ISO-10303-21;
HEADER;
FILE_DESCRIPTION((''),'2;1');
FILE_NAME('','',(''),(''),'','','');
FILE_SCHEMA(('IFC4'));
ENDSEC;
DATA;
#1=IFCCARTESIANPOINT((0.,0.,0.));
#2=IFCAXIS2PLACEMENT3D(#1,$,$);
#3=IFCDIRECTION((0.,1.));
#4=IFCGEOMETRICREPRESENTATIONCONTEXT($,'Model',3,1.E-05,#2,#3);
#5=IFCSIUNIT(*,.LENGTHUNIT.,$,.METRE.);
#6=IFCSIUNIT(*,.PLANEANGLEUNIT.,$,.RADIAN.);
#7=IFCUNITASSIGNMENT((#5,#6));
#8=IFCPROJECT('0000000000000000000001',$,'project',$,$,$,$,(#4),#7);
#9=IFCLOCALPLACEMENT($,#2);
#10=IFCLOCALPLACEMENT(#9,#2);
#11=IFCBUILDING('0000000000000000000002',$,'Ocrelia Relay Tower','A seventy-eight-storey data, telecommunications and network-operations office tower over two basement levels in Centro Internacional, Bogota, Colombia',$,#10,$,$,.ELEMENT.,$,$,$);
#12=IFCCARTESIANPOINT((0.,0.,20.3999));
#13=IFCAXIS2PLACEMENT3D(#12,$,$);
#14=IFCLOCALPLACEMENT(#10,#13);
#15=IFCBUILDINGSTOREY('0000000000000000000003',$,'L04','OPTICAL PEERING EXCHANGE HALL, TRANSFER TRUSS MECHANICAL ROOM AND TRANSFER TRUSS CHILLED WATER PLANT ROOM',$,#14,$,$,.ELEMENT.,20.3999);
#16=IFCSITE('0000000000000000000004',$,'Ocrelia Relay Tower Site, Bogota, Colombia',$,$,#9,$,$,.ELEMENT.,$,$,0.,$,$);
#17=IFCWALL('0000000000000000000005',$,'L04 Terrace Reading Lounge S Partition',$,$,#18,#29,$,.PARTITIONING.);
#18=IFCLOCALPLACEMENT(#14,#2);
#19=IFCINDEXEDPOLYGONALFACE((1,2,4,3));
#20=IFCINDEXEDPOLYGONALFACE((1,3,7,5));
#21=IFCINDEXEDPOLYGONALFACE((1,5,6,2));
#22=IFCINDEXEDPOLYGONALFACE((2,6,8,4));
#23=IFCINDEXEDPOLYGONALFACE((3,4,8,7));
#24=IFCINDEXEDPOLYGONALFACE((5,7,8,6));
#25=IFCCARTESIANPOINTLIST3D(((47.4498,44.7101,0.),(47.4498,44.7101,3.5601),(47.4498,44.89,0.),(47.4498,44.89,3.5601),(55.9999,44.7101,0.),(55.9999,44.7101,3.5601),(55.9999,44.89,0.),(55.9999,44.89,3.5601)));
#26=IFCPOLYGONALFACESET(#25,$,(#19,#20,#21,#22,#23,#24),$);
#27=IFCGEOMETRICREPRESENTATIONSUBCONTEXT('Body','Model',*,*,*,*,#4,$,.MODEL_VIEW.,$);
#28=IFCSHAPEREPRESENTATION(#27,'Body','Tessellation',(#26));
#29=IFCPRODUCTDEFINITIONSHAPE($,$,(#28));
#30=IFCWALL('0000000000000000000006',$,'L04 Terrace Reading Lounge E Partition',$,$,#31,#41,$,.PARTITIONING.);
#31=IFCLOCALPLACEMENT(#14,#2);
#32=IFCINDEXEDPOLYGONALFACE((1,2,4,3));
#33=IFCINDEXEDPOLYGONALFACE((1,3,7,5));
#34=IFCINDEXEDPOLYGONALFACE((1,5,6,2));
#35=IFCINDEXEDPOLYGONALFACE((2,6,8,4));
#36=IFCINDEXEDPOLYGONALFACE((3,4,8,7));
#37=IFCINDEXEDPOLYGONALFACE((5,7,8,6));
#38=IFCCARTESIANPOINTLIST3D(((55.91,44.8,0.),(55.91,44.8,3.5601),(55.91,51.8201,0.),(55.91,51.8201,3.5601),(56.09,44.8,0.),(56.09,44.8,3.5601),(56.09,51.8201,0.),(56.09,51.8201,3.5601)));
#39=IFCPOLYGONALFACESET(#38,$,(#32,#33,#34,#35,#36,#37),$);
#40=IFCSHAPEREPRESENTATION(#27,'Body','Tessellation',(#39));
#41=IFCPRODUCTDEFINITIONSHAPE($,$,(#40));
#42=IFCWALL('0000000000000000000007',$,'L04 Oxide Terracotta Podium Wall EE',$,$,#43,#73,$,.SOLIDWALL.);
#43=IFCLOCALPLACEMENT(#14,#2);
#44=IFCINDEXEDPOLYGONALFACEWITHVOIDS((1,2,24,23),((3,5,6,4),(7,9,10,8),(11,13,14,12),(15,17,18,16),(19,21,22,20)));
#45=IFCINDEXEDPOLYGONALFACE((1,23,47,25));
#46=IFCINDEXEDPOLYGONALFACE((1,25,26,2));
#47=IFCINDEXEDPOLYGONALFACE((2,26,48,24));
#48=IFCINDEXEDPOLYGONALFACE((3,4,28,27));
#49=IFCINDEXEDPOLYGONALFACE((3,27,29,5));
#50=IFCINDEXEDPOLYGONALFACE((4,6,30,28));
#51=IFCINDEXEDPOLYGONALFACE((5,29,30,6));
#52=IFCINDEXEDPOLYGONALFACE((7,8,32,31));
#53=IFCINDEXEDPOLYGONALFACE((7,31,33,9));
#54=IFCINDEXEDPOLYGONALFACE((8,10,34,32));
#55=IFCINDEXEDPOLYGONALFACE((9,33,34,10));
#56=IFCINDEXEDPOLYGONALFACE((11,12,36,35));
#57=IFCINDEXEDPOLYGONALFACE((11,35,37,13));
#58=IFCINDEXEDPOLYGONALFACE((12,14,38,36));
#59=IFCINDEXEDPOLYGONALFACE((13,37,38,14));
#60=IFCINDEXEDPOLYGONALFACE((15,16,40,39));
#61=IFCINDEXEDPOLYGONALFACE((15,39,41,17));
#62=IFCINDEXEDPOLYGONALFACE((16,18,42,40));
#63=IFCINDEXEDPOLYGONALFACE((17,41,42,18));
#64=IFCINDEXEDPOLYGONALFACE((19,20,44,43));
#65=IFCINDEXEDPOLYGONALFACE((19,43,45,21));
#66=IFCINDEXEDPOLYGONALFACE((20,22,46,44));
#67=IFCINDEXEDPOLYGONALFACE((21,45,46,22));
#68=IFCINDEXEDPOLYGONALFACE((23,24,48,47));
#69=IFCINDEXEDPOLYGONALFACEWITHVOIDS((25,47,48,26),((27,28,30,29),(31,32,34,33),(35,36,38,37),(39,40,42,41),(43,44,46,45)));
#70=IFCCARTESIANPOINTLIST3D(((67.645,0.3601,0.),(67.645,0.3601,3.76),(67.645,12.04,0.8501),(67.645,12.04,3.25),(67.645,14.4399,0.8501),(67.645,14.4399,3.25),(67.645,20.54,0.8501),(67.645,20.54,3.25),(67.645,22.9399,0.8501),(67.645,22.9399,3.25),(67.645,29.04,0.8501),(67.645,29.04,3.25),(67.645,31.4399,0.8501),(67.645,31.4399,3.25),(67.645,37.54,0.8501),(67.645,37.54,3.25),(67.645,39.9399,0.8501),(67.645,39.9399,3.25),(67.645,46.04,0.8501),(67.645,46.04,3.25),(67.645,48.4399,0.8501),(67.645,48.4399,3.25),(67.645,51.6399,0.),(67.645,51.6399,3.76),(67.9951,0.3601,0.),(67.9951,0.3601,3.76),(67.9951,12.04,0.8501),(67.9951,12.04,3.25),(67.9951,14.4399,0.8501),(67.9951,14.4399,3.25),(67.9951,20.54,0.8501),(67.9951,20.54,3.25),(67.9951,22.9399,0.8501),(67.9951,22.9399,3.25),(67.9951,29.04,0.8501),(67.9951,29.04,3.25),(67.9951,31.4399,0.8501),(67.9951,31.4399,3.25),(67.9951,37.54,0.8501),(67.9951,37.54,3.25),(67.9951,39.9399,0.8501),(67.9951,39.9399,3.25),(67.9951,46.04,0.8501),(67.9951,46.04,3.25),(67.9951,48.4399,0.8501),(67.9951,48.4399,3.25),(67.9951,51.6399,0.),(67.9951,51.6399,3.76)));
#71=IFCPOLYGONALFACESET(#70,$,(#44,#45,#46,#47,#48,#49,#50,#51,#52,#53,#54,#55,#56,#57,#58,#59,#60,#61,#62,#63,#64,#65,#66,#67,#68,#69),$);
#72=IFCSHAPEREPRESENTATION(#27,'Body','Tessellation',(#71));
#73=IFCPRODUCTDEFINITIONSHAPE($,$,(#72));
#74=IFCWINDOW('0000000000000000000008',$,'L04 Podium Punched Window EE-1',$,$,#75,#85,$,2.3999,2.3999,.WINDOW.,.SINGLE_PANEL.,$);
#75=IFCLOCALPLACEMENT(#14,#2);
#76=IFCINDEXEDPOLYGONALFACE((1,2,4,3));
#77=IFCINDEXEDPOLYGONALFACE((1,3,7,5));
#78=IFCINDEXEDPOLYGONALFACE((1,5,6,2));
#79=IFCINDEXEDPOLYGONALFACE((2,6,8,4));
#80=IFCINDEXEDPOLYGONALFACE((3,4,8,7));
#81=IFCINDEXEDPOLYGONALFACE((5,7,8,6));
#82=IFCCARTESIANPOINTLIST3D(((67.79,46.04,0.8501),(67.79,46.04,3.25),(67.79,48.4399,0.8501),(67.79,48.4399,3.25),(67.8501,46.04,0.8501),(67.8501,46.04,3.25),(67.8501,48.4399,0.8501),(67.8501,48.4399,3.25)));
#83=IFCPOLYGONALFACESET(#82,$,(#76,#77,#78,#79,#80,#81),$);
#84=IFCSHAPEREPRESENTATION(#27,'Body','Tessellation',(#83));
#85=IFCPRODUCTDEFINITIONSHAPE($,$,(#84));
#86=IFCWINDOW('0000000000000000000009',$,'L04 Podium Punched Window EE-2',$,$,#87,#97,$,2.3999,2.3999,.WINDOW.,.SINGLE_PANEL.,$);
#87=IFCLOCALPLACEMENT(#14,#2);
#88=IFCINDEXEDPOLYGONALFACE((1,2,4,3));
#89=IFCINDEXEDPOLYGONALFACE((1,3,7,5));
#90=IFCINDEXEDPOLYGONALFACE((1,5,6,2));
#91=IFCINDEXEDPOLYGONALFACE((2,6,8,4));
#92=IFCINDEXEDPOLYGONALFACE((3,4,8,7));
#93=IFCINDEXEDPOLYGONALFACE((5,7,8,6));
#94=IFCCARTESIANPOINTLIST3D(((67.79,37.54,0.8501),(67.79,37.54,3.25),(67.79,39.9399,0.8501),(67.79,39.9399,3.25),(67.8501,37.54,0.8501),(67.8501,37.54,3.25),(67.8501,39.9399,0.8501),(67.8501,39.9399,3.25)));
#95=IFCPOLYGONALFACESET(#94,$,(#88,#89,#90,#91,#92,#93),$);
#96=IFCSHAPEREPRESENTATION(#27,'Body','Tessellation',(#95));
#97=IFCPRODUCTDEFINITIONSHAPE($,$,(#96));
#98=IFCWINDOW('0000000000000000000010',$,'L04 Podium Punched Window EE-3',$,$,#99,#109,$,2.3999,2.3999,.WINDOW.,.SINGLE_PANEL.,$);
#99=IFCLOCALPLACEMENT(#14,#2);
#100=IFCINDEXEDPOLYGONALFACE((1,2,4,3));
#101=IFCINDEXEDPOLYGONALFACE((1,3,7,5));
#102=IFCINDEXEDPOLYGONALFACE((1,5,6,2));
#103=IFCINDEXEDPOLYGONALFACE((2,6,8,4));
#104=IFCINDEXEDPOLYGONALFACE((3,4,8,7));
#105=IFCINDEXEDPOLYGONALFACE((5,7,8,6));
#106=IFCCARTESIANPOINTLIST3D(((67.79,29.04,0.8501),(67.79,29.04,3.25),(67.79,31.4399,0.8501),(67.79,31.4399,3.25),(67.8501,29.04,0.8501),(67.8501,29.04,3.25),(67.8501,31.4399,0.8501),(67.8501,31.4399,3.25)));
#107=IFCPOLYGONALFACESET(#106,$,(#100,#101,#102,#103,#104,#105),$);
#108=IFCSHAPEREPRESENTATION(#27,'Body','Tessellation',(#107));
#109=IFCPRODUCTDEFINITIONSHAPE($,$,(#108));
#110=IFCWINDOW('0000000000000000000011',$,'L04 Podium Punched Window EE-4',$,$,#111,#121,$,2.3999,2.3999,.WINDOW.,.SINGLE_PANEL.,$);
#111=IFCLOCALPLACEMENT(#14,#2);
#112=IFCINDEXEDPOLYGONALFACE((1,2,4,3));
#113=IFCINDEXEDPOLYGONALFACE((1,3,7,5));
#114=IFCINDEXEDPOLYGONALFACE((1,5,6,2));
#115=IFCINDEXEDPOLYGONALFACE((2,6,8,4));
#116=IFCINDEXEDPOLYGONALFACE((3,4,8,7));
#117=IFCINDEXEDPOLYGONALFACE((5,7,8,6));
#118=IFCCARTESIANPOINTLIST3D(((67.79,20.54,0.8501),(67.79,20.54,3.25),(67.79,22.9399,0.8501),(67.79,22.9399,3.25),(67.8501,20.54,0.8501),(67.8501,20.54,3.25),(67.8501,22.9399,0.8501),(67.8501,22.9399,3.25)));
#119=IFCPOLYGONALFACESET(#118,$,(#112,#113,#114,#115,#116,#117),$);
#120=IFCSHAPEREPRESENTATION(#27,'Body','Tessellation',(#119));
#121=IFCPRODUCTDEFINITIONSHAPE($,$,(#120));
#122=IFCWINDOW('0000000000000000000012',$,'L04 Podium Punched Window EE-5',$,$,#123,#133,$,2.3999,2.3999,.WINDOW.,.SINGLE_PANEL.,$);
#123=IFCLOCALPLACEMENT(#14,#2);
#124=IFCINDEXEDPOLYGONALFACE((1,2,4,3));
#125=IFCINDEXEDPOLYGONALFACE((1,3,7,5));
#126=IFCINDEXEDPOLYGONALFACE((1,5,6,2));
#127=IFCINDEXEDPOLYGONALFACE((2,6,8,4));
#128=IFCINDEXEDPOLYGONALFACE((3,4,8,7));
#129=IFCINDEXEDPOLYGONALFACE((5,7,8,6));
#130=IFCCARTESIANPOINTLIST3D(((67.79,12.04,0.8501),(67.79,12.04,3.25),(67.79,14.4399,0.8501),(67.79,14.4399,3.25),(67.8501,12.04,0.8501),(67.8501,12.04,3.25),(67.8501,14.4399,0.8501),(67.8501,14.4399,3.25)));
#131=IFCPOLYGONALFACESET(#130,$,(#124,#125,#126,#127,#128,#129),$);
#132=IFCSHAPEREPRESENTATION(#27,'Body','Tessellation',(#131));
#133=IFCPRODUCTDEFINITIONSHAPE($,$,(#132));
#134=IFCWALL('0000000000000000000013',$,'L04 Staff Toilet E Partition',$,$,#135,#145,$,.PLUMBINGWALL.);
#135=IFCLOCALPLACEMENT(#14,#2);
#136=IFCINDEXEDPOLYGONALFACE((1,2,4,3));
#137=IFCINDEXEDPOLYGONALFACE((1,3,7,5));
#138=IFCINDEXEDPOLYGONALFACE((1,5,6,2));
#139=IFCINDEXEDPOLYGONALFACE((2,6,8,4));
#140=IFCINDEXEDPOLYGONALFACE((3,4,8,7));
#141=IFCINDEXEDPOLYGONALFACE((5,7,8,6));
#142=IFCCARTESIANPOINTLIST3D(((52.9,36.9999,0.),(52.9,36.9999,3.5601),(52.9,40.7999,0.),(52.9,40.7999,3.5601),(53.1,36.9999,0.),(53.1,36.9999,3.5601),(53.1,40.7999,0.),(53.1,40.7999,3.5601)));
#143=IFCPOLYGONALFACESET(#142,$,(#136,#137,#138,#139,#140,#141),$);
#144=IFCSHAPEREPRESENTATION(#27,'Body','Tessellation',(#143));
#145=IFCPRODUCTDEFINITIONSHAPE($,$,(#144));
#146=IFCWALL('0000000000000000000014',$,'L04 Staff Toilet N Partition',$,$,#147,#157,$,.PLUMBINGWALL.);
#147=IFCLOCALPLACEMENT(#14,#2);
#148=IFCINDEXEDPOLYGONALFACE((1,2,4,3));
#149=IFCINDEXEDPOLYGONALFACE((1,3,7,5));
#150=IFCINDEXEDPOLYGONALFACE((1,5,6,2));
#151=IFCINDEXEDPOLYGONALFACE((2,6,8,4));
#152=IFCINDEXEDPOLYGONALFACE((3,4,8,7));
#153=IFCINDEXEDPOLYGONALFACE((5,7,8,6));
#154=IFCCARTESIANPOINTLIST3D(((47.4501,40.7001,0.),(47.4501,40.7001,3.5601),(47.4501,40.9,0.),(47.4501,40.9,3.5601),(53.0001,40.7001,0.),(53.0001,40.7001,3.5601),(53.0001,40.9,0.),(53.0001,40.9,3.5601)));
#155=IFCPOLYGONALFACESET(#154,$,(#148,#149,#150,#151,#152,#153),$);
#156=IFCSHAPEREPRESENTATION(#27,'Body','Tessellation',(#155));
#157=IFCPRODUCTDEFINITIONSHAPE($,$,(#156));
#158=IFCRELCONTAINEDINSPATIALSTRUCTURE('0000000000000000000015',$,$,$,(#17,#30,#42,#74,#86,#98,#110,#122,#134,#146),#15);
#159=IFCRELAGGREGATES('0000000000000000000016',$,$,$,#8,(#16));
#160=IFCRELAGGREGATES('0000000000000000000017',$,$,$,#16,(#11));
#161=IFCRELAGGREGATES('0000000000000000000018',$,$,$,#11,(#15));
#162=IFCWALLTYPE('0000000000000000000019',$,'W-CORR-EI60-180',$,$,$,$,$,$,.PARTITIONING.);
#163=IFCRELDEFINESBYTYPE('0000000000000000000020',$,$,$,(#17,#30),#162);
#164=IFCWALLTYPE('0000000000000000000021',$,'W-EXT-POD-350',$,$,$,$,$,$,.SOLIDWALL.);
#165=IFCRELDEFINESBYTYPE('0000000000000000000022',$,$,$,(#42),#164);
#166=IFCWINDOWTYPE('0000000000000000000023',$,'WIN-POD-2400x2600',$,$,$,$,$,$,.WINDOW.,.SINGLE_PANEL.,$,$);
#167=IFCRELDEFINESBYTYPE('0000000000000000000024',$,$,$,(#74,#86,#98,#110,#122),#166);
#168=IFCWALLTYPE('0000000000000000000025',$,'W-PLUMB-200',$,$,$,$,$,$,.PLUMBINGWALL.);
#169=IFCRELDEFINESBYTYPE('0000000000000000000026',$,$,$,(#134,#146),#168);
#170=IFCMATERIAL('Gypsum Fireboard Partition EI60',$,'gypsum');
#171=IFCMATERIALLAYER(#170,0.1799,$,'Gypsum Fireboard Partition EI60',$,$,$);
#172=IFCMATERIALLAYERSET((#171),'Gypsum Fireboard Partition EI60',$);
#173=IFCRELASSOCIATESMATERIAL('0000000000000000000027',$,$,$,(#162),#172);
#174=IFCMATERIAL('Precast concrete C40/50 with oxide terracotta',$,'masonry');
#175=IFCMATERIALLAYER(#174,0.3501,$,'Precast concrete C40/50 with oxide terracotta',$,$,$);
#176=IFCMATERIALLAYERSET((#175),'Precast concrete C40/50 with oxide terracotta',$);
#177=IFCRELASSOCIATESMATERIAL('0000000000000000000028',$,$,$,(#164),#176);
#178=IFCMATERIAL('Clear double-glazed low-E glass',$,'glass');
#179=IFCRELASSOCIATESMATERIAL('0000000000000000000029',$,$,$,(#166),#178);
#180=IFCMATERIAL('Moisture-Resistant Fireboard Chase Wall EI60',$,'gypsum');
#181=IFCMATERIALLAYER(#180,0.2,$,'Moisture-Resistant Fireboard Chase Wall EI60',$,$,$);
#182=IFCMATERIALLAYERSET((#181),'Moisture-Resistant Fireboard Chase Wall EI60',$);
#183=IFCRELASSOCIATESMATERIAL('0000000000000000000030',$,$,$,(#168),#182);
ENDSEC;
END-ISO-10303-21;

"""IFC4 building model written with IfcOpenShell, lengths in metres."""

from ifc_helpers import new_model, si_unit, direction, frame, frame_2d, origin, place, context, subcontext, project, spatial, rectangle, extrude, material, layer, layer_set, type_object, element, fill, save


model = new_model("IFC4")

# Units and contexts
model_context = context("Model", 3, precision=1e-05, world=origin(), true_north=direction((0.0, 1.0)))
body_context = subcontext(model_context, "Body", "Model", "MODEL_VIEW")
ifc_project = project(units=[si_unit("LENGTHUNIT", "METRE"), si_unit("PLANEANGLEUNIT", "RADIAN")], contexts=[model_context])

# Site, building, storey
site_placement = place(None, origin())
site = spatial("IfcSite", under=ifc_project, at=site_placement, Name="Ocrelia Relay Tower Site, Bogota, Colombia", CompositionType="ELEMENT", RefElevation=0.0)
building_placement = place(site_placement, origin())
building = spatial("IfcBuilding", under=site, at=building_placement, Name="Ocrelia Relay Tower", Description="A seventy-eight-storey data, telecommunications and network-operations office tower over two basement levels in Centro Internacional, Bogota, Colombia", CompositionType="ELEMENT")
storey_placement = place(building_placement, frame((0.0, 0.0, 20.3999)))
storey = spatial("IfcBuildingStorey", under=building, at=storey_placement, Name="L04", Description="OPTICAL PEERING EXCHANGE HALL, TRANSFER TRUSS MECHANICAL ROOM AND TRANSFER TRUSS CHILLED WATER PLANT ROOM", CompositionType="ELEMENT", Elevation=20.3999)

# Shared definitions
ifc_material_1 = material(Name="Gypsum Fireboard Partition EI60", Category="gypsum")
ifc_layer_1 = layer(ifc_material_1, 0.1799, Name="Gypsum Fireboard Partition EI60")
ifc_layer_set_1 = layer_set([ifc_layer_1], Name="Gypsum Fireboard Partition EI60")
wall_type_1 = type_object("IfcWallType", Name="W-CORR-EI60-180", PredefinedType="PARTITIONING", material=ifc_layer_set_1)

# Walls
wall_1_placement = place(storey_placement, frame((47.45, 44.8, 0.0), z_axis=(0.0, 0.0, 1.0), x_axis=(1.0, 0.0, 0.0)))
element("IfcWall", 1, at=wall_1_placement, inside=storey, type_object=wall_type_1, Name="L04 Terrace Reading Lounge S Partition", PredefinedType="PARTITIONING", context=body_context, shape_type="SweptSolid", body=[
    extrude(rectangle(XDim=8.55, YDim=0.1799, at=frame_2d((4.2749, 0.0))), origin(), (0.0, 0.0, 1.0), 3.5601),
])
wall_2_placement = place(storey_placement, frame((56.0, 44.8, 0.0), z_axis=(0.0, 0.0, 1.0), x_axis=(0.0, 1.0, 0.0)))
element("IfcWall", 2, at=wall_2_placement, inside=storey, type_object=wall_type_1, Name="L04 Terrace Reading Lounge E Partition", PredefinedType="PARTITIONING", context=body_context, shape_type="SweptSolid", body=[
    extrude(rectangle(XDim=7.02, YDim=0.1799, at=frame_2d((3.51, 0.0))), origin(), (0.0, 0.0, 1.0), 3.5601),
])

# Wall, openings, windows
ifc_material_2 = material(Name="Precast concrete C40/50 with oxide terracotta", Category="masonry")
ifc_layer_2 = layer(ifc_material_2, 0.3501, Name="Precast concrete C40/50 with oxide terracotta")
ifc_layer_set_2 = layer_set([ifc_layer_2], Name="Precast concrete C40/50 with oxide terracotta")
wall_type_2 = type_object("IfcWallType", Name="W-EXT-POD-350", PredefinedType="SOLIDWALL", material=ifc_layer_set_2)
wall_3_placement = place(storey_placement, frame((67.8201, 51.6399, 0.0), z_axis=(0.0, 0.0, 1.0), x_axis=(0.0, -1.0, 0.0)))
wall_3 = element("IfcWall", 3, at=wall_3_placement, inside=storey, type_object=wall_type_2, Name="L04 Oxide Terracotta Podium Wall EE", PredefinedType="SOLIDWALL", context=body_context, shape_type="SweptSolid", body=[
    extrude(rectangle(XDim=51.2798, YDim=0.3501, at=frame_2d((25.6399, 0.0))), origin(), (0.0, 0.0, 1.0), 3.76),
])
opening_1_placement = place(wall_3_placement, frame((3.2, 0.0, 0.8501)))
opening_1 = element("IfcOpeningElement", 4, at=opening_1_placement, cuts=wall_3, PredefinedType="OPENING", context=body_context, shape_type="SweptSolid", body=[
    extrude(rectangle(XDim=2.3999, YDim=2.3999, at=frame_2d((1.2, 1.2))), frame((0.0, 0.1851, 0.0), z_axis=(0.0, -1.0, 0.0), x_axis=(1.0, 0.0, 0.0)), (0.0, 0.0, 1.0), 0.3701),
])
opening_2_placement = place(wall_3_placement, frame((11.7, 0.0, 0.8501)))
opening_2 = element("IfcOpeningElement", 5, at=opening_2_placement, cuts=wall_3, PredefinedType="OPENING", context=body_context, shape_type="SweptSolid", body=[
    extrude(rectangle(XDim=2.3999, YDim=2.3999, at=frame_2d((1.2, 1.2))), frame((0.0, 0.1851, 0.0), z_axis=(0.0, -1.0, 0.0), x_axis=(1.0, 0.0, 0.0)), (0.0, 0.0, 1.0), 0.3701),
])
opening_3_placement = place(wall_3_placement, frame((20.2, 0.0, 0.8501)))
opening_3 = element("IfcOpeningElement", 6, at=opening_3_placement, cuts=wall_3, PredefinedType="OPENING", context=body_context, shape_type="SweptSolid", body=[
    extrude(rectangle(XDim=2.3999, YDim=2.3999, at=frame_2d((1.2, 1.2))), frame((0.0, 0.1851, 0.0), z_axis=(0.0, -1.0, 0.0), x_axis=(1.0, 0.0, 0.0)), (0.0, 0.0, 1.0), 0.3701),
])
opening_4_placement = place(wall_3_placement, frame((28.7, 0.0, 0.8501)))
opening_4 = element("IfcOpeningElement", 7, at=opening_4_placement, cuts=wall_3, PredefinedType="OPENING", context=body_context, shape_type="SweptSolid", body=[
    extrude(rectangle(XDim=2.3999, YDim=2.3999, at=frame_2d((1.2, 1.2))), frame((0.0, 0.1851, 0.0), z_axis=(0.0, -1.0, 0.0), x_axis=(1.0, 0.0, 0.0)), (0.0, 0.0, 1.0), 0.3701),
])
opening_5_placement = place(wall_3_placement, frame((37.2, 0.0, 0.8501)))
opening_5 = element("IfcOpeningElement", 8, at=opening_5_placement, cuts=wall_3, PredefinedType="OPENING", context=body_context, shape_type="SweptSolid", body=[
    extrude(rectangle(XDim=2.3999, YDim=2.3999, at=frame_2d((1.2, 1.2))), frame((0.0, 0.1851, 0.0), z_axis=(0.0, -1.0, 0.0), x_axis=(1.0, 0.0, 0.0)), (0.0, 0.0, 1.0), 0.3701),
])
ifc_material_3 = material(Name="Clear double-glazed low-E glass", Category="glass")
window_type = type_object("IfcWindowType", Name="WIN-POD-2400x2600", PartitioningType="SINGLE_PANEL", PredefinedType="WINDOW", material=ifc_material_3)
window_1_placement = place(opening_1_placement, origin())
window_1 = element("IfcWindow", 9, at=window_1_placement, inside=storey, type_object=window_type, Name="L04 Podium Punched Window EE-1", OverallHeight=2.3999, OverallWidth=2.3999, PartitioningType="SINGLE_PANEL", PredefinedType="WINDOW", context=body_context, shape_type="SweptSolid", body=[
    extrude(rectangle(XDim=2.3999, YDim=2.3999, at=frame_2d((1.2, 1.2))), frame((0.0, 0.03, 0.0), z_axis=(0.0, -1.0, 0.0), x_axis=(1.0, 0.0, 0.0)), (0.0, 0.0, 1.0), 0.0601),
])
fill(opening_1, window_1)
window_2_placement = place(opening_2_placement, origin())
window_2 = element("IfcWindow", 10, at=window_2_placement, inside=storey, type_object=window_type, Name="L04 Podium Punched Window EE-2", OverallHeight=2.3999, OverallWidth=2.3999, PartitioningType="SINGLE_PANEL", PredefinedType="WINDOW", context=body_context, shape_type="SweptSolid", body=[
    extrude(rectangle(XDim=2.3999, YDim=2.3999, at=frame_2d((1.2, 1.2))), frame((0.0, 0.03, 0.0), z_axis=(0.0, -1.0, 0.0), x_axis=(1.0, 0.0, 0.0)), (0.0, 0.0, 1.0), 0.0601),
])
fill(opening_2, window_2)
window_3_placement = place(opening_3_placement, origin())
window_3 = element("IfcWindow", 11, at=window_3_placement, inside=storey, type_object=window_type, Name="L04 Podium Punched Window EE-3", OverallHeight=2.3999, OverallWidth=2.3999, PartitioningType="SINGLE_PANEL", PredefinedType="WINDOW", context=body_context, shape_type="SweptSolid", body=[
    extrude(rectangle(XDim=2.3999, YDim=2.3999, at=frame_2d((1.2, 1.2))), frame((0.0, 0.03, 0.0), z_axis=(0.0, -1.0, 0.0), x_axis=(1.0, 0.0, 0.0)), (0.0, 0.0, 1.0), 0.0601),
])
fill(opening_3, window_3)
window_4_placement = place(opening_4_placement, origin())
window_4 = element("IfcWindow", 12, at=window_4_placement, inside=storey, type_object=window_type, Name="L04 Podium Punched Window EE-4", OverallHeight=2.3999, OverallWidth=2.3999, PartitioningType="SINGLE_PANEL", PredefinedType="WINDOW", context=body_context, shape_type="SweptSolid", body=[
    extrude(rectangle(XDim=2.3999, YDim=2.3999, at=frame_2d((1.2, 1.2))), frame((0.0, 0.03, 0.0), z_axis=(0.0, -1.0, 0.0), x_axis=(1.0, 0.0, 0.0)), (0.0, 0.0, 1.0), 0.0601),
])
fill(opening_4, window_4)
window_5_placement = place(opening_5_placement, origin())
window_5 = element("IfcWindow", 13, at=window_5_placement, inside=storey, type_object=window_type, Name="L04 Podium Punched Window EE-5", OverallHeight=2.3999, OverallWidth=2.3999, PartitioningType="SINGLE_PANEL", PredefinedType="WINDOW", context=body_context, shape_type="SweptSolid", body=[
    extrude(rectangle(XDim=2.3999, YDim=2.3999, at=frame_2d((1.2, 1.2))), frame((0.0, 0.03, 0.0), z_axis=(0.0, -1.0, 0.0), x_axis=(1.0, 0.0, 0.0)), (0.0, 0.0, 1.0), 0.0601),
])
fill(opening_5, window_5)

# Walls
ifc_material_4 = material(Name="Moisture-Resistant Fireboard Chase Wall EI60", Category="gypsum")
ifc_layer_3 = layer(ifc_material_4, 0.2, Name="Moisture-Resistant Fireboard Chase Wall EI60")
ifc_layer_set_3 = layer_set([ifc_layer_3], Name="Moisture-Resistant Fireboard Chase Wall EI60")
wall_type_3 = type_object("IfcWallType", Name="W-PLUMB-200", PredefinedType="PLUMBINGWALL", material=ifc_layer_set_3)
wall_4_placement = place(storey_placement, frame((53.0, 37.0, 0.0), z_axis=(0.0, 0.0, 1.0), x_axis=(0.0, 1.0, 0.0)))
element("IfcWall", 14, at=wall_4_placement, inside=storey, type_object=wall_type_3, Name="L04 Staff Toilet E Partition", PredefinedType="PLUMBINGWALL", context=body_context, shape_type="SweptSolid", body=[
    extrude(rectangle(XDim=3.8, YDim=0.2, at=frame_2d((1.8999, 0.0))), origin(), (0.0, 0.0, 1.0), 3.5601),
])
wall_5_placement = place(storey_placement, frame((53.0, 40.8, 0.0), z_axis=(0.0, 0.0, 1.0), x_axis=(-1.0, 0.0, 0.0)))
element("IfcWall", 15, at=wall_5_placement, inside=storey, type_object=wall_type_3, Name="L04 Staff Toilet N Partition", PredefinedType="PLUMBINGWALL", context=body_context, shape_type="SweptSolid", body=[
    extrude(rectangle(XDim=5.55, YDim=0.2, at=frame_2d((2.7749, 0.0))), origin(), (0.0, 0.0, 1.0), 3.5601),
])

save(model, "model.ifc")
